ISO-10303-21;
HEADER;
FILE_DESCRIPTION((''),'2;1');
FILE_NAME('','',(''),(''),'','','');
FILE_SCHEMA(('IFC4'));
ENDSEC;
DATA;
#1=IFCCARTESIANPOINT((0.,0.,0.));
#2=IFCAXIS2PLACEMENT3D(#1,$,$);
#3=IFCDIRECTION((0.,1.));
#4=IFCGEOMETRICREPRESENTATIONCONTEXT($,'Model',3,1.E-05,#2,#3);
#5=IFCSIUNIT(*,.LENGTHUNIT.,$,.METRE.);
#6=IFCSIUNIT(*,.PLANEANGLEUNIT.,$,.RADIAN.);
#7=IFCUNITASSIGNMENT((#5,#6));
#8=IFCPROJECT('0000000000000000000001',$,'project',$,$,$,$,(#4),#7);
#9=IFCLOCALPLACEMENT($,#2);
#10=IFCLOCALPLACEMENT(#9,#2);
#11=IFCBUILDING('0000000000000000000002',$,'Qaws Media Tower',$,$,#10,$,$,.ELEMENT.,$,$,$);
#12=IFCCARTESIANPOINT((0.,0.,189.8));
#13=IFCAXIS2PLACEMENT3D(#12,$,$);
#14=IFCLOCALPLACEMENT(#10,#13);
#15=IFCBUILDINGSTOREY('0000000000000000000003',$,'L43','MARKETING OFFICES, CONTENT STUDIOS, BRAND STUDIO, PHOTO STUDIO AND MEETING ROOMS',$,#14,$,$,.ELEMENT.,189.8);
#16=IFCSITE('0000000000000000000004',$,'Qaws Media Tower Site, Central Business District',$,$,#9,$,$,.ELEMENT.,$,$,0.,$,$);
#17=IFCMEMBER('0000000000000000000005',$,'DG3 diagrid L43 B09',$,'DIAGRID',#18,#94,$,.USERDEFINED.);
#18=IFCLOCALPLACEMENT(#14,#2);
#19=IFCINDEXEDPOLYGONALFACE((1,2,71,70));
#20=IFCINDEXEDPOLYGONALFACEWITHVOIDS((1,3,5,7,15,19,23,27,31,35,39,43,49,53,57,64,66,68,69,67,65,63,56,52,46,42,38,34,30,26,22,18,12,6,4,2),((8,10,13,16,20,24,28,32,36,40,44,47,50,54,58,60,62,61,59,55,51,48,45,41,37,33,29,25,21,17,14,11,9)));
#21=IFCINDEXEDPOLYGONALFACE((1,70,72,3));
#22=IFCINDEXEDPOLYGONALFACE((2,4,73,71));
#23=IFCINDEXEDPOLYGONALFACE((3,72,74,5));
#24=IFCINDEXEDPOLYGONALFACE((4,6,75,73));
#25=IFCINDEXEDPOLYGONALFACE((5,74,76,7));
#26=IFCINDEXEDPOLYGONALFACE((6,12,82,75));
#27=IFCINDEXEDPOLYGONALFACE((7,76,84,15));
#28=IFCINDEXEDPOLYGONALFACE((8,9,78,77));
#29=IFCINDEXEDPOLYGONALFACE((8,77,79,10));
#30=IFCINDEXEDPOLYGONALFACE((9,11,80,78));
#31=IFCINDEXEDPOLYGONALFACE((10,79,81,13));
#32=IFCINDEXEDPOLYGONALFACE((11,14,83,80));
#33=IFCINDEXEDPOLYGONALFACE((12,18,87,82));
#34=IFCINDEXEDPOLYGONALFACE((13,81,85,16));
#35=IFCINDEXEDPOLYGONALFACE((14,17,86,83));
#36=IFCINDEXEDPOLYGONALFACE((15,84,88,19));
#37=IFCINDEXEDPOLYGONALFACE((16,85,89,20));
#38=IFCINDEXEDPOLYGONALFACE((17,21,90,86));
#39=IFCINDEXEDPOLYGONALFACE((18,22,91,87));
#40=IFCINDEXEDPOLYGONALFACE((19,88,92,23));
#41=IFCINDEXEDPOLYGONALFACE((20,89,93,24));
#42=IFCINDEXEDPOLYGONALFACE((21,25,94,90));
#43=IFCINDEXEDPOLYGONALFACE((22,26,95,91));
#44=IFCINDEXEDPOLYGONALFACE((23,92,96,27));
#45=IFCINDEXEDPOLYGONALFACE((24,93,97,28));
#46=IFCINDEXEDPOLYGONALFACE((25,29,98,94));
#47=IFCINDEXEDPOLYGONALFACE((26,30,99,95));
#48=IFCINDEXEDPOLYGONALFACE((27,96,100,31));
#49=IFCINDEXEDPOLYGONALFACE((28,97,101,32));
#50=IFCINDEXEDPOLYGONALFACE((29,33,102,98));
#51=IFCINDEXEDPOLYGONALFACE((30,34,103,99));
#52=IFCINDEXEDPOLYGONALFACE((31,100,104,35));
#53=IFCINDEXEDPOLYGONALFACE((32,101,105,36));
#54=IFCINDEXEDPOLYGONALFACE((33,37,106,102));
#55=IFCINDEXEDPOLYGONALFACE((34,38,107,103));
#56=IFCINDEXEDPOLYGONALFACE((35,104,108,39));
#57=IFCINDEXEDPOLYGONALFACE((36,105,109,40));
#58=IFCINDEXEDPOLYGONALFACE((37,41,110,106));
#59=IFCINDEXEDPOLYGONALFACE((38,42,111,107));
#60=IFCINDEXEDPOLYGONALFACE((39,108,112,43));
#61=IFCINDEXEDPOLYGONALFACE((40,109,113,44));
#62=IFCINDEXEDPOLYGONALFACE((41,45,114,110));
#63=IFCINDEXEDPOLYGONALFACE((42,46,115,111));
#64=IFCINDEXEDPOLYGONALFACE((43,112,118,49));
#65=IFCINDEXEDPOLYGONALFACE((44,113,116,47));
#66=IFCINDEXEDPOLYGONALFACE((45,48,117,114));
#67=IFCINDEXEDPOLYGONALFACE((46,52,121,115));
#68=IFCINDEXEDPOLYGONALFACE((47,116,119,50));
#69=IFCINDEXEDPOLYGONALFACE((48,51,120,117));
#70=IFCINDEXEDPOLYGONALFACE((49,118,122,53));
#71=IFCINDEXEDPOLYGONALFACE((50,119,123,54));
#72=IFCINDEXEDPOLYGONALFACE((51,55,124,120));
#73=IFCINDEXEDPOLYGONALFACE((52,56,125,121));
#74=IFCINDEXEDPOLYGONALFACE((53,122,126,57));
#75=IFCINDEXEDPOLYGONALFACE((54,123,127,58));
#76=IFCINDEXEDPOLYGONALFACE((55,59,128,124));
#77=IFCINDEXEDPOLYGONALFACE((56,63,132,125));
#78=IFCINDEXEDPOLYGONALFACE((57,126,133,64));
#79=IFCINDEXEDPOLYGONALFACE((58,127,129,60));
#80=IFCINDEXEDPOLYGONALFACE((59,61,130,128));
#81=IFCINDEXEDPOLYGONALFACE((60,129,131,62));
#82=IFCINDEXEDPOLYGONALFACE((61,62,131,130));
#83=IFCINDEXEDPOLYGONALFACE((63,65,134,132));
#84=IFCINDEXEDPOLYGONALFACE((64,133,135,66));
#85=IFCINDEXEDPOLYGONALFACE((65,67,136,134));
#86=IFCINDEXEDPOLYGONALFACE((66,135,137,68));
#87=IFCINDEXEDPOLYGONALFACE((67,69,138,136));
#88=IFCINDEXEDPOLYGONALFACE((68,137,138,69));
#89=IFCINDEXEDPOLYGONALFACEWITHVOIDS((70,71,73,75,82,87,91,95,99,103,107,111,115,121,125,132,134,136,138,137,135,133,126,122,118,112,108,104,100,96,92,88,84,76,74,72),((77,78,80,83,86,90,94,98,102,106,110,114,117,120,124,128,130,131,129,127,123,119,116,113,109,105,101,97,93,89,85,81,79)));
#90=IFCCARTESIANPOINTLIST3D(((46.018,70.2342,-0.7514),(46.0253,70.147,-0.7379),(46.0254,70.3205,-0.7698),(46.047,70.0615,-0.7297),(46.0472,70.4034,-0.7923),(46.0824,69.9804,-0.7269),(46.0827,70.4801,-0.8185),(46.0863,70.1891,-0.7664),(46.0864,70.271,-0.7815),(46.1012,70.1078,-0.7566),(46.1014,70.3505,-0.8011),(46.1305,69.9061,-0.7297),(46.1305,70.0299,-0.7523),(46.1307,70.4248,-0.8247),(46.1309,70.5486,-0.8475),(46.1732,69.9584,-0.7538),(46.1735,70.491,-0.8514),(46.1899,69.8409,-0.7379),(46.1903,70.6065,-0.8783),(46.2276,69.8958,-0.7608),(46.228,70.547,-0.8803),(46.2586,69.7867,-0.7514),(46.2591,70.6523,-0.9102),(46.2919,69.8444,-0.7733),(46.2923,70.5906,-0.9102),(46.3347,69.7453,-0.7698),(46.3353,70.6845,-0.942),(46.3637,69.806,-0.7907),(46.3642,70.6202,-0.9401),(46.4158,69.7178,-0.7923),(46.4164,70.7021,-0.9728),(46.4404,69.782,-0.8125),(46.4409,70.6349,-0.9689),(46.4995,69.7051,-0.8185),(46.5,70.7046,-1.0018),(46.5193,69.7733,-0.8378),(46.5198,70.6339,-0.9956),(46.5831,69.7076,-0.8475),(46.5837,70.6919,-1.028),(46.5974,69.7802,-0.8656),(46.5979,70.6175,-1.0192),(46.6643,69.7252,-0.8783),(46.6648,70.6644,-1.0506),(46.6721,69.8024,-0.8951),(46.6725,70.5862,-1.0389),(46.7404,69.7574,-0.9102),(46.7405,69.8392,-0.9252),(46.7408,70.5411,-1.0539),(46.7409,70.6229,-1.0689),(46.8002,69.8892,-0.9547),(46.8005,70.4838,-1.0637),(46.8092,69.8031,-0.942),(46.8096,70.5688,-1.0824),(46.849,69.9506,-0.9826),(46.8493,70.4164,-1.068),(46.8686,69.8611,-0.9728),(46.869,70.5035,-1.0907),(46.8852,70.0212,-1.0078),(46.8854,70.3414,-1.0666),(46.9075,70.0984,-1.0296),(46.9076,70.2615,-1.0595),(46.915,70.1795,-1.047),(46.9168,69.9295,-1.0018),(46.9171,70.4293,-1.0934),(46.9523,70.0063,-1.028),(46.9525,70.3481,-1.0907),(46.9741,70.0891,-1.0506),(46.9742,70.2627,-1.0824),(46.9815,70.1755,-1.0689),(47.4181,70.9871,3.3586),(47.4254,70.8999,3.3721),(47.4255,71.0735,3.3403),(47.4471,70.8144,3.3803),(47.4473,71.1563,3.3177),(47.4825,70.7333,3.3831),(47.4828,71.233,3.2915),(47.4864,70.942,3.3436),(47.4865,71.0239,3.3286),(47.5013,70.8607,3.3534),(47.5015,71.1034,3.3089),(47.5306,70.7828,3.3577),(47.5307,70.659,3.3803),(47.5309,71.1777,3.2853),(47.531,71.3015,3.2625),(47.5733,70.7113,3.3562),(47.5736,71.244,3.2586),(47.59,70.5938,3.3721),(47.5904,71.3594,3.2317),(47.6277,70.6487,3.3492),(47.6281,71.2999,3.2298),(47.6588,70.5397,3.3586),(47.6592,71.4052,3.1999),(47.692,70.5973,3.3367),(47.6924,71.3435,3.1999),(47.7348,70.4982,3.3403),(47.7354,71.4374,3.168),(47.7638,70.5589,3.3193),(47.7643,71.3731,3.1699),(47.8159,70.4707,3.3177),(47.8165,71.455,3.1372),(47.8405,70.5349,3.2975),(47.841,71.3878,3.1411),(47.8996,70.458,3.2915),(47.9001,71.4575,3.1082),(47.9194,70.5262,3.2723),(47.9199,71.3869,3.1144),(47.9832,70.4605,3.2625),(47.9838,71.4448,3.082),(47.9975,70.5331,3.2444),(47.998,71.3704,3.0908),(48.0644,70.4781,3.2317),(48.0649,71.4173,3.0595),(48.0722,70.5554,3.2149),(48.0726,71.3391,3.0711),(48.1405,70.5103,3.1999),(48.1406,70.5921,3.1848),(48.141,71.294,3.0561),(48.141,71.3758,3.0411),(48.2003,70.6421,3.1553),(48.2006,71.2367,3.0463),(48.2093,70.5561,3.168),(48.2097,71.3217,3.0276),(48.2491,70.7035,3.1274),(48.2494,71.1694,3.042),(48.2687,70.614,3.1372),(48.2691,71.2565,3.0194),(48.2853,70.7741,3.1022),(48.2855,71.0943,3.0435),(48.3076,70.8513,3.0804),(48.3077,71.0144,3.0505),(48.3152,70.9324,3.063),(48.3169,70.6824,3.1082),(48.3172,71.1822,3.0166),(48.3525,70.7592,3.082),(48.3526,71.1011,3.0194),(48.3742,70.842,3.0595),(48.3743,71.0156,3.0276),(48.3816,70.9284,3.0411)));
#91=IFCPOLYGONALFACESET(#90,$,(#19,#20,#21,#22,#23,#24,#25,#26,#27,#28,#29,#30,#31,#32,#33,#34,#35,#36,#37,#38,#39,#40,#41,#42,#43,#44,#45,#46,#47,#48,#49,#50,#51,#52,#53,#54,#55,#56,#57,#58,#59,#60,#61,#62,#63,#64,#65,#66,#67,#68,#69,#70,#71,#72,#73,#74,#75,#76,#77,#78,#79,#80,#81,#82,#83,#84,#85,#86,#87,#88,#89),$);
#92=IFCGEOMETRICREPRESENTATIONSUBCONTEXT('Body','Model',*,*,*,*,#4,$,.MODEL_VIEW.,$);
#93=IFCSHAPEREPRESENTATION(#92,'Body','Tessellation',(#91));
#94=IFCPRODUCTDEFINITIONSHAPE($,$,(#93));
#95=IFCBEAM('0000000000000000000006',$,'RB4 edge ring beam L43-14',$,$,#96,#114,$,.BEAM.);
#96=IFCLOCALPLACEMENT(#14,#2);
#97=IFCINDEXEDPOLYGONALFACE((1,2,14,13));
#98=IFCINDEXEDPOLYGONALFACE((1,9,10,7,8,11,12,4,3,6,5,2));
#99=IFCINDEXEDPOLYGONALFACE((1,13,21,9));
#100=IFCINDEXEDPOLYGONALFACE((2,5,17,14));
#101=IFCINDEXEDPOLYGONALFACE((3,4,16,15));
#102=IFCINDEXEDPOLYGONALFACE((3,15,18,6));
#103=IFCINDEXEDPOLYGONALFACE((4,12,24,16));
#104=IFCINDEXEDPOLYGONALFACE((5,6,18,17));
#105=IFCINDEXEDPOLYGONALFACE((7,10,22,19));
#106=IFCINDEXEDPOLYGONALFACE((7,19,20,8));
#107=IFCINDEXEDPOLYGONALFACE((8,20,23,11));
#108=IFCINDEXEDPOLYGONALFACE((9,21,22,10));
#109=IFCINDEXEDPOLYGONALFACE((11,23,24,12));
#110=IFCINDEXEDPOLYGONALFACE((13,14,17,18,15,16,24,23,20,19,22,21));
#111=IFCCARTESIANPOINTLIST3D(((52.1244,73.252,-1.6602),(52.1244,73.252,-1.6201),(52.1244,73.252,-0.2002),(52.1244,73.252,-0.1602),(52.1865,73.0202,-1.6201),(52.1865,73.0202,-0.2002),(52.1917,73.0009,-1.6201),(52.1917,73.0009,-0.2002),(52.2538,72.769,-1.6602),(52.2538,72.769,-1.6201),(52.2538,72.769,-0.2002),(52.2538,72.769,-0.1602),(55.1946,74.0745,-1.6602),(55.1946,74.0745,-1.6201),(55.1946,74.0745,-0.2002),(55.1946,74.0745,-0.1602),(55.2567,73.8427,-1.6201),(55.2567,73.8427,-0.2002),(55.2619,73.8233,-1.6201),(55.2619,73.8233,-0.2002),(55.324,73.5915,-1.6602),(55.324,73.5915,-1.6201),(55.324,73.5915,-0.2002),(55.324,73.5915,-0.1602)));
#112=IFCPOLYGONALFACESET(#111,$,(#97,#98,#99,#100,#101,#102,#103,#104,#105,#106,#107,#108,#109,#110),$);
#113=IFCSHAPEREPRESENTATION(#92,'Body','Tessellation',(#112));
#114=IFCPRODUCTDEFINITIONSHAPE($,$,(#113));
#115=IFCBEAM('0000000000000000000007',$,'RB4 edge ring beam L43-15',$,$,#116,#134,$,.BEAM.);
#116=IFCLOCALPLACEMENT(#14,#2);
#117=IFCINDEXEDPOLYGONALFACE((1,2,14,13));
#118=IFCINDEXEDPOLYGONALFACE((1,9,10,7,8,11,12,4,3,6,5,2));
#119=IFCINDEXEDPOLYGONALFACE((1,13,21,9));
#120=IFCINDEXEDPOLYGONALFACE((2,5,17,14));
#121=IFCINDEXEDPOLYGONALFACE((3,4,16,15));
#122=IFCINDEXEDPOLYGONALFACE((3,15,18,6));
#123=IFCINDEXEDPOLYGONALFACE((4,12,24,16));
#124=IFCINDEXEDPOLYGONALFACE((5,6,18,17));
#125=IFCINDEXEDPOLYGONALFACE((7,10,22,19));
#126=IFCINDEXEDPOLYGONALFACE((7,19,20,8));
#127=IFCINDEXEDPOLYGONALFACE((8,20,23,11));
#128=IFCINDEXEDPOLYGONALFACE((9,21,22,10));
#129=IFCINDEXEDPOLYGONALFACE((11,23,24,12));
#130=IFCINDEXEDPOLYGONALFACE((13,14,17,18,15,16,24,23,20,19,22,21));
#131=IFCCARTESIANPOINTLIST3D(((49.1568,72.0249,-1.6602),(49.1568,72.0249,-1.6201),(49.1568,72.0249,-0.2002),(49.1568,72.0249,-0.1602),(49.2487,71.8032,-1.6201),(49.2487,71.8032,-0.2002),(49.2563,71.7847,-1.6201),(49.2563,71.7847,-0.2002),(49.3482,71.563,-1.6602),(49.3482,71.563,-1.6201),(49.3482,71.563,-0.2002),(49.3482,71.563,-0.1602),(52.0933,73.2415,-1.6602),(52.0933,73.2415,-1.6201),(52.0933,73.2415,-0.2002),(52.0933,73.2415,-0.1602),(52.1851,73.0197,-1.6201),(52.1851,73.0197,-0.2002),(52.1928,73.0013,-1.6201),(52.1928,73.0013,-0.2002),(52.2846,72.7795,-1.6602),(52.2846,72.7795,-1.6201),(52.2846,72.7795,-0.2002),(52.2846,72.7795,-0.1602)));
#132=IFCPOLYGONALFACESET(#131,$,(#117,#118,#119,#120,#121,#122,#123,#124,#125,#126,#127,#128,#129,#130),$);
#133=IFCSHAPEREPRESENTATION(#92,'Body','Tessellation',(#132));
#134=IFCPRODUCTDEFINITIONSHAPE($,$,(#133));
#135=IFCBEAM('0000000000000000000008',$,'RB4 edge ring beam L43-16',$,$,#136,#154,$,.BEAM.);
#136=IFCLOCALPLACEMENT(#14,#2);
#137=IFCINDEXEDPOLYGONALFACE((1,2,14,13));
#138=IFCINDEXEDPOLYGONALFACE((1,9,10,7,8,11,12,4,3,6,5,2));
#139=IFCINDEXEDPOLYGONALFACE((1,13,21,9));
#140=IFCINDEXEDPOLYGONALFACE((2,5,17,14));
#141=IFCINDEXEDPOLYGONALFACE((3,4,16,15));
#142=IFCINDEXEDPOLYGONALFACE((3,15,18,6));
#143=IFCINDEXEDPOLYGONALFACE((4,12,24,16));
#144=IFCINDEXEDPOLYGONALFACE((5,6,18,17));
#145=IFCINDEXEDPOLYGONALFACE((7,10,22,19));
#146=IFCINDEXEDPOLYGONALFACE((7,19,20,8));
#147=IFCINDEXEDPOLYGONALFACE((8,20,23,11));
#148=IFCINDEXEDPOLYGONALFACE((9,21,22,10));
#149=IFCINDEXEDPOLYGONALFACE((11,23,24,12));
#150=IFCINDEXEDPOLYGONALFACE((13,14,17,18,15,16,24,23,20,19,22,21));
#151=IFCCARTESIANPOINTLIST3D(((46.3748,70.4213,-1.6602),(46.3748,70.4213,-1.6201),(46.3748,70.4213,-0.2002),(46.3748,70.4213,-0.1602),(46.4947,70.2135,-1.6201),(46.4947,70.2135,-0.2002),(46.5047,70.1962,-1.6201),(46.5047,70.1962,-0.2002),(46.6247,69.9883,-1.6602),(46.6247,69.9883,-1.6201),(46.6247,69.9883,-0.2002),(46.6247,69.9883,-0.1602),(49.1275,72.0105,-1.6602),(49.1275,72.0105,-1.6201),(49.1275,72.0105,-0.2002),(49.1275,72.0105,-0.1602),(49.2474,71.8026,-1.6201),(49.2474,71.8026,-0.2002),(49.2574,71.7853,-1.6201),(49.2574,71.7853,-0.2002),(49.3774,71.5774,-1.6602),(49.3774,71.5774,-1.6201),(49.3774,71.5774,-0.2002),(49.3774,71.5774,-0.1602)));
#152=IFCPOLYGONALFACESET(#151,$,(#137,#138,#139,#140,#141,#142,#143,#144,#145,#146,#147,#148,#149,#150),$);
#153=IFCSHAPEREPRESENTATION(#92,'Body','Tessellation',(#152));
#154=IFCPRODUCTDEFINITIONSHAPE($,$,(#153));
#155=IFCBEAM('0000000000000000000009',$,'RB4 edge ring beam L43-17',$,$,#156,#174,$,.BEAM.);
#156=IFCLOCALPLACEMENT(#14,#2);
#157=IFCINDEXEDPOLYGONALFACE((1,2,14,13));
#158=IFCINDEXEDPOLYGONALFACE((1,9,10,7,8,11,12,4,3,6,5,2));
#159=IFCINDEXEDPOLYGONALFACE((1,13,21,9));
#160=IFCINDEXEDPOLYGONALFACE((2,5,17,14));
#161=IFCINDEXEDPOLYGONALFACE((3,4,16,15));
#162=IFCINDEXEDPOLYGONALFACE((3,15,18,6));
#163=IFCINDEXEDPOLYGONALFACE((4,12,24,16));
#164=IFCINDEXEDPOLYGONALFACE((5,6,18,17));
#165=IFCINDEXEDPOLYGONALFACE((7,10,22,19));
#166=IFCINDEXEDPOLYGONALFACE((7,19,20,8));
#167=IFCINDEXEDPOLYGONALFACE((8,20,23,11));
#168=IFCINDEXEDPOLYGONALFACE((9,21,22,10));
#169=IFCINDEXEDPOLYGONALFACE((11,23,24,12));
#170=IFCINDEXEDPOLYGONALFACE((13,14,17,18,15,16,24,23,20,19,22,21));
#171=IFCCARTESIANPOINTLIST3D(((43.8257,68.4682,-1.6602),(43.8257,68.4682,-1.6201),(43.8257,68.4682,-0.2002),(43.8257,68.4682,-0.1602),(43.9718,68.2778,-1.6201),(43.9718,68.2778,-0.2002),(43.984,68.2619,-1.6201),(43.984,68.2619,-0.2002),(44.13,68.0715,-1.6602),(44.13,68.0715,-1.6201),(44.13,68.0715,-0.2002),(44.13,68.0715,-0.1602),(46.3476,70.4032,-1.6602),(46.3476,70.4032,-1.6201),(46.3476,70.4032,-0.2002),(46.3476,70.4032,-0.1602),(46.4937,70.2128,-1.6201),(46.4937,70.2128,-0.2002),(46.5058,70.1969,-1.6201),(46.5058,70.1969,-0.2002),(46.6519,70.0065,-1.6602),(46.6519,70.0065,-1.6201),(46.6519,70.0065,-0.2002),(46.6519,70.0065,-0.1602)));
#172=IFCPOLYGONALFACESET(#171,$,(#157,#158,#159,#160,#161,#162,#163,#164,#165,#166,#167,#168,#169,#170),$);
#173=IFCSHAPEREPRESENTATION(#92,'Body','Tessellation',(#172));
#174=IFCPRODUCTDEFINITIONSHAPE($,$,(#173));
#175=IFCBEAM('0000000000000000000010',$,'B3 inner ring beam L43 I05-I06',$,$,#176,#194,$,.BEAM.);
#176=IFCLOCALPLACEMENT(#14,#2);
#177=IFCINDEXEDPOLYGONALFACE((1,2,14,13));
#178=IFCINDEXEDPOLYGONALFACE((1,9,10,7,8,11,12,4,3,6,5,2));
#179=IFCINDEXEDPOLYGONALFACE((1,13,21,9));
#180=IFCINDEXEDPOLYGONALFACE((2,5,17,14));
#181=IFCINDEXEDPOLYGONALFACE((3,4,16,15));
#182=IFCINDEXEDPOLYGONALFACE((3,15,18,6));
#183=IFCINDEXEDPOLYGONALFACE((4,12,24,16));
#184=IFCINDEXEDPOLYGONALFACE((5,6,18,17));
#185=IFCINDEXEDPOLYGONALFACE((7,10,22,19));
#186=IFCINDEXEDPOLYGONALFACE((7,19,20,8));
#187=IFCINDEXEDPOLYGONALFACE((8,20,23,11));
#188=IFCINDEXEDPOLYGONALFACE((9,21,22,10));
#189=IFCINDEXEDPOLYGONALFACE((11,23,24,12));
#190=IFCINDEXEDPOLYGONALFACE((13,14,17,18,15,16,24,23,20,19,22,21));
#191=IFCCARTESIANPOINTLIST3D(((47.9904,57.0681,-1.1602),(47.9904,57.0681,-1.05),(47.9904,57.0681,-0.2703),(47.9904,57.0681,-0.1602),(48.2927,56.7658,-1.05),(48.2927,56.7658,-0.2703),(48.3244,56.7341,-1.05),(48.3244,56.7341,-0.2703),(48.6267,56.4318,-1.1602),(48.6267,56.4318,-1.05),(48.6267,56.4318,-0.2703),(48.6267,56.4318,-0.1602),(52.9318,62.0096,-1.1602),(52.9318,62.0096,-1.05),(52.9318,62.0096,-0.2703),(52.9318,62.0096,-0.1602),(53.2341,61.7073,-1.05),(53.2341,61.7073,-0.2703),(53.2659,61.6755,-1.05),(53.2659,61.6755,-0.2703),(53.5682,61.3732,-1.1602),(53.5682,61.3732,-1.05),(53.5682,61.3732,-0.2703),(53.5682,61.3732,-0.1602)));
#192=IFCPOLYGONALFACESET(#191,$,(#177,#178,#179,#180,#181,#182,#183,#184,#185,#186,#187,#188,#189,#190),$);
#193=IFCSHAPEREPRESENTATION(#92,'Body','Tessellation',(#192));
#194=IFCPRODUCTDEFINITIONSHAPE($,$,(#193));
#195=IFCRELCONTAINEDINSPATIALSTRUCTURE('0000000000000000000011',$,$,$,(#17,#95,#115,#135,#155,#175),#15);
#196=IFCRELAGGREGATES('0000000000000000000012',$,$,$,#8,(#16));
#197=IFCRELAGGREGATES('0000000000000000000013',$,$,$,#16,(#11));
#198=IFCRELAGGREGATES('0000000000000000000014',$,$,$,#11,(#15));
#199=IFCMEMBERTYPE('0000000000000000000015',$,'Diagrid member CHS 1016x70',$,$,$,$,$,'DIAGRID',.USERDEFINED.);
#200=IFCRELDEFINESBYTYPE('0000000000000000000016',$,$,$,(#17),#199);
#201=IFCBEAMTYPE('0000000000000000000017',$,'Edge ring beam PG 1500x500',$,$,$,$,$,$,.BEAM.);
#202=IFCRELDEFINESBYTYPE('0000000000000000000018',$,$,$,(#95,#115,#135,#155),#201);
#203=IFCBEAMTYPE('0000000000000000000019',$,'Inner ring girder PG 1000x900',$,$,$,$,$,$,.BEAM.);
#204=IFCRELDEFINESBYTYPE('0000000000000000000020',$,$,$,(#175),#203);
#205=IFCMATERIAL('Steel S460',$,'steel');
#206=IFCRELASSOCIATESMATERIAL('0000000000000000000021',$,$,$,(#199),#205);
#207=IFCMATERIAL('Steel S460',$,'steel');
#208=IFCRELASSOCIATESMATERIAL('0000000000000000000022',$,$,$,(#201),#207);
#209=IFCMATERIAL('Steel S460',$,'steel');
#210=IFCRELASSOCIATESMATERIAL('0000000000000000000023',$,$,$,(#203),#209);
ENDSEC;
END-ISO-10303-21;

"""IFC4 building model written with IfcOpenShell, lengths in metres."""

from ifc_helpers import new_model, si_unit, direction, frame, origin, origin_2d, place, context, subcontext, project, spatial, hollow_circle, i_section, extrude, material, material_profile, profile_set, type_object, element, save


model = new_model("IFC4")

# Units and contexts
model_context = context("Model", 3, precision=1e-05, world=origin(), true_north=direction((0.0, 1.0)))
body_context = subcontext(model_context, "Body", "Model", "MODEL_VIEW")
ifc_project = project(units=[si_unit("LENGTHUNIT", "METRE"), si_unit("PLANEANGLEUNIT", "RADIAN")], contexts=[model_context])

# Site, building, storey
site_placement = place(None, origin())
site = spatial("IfcSite", under=ifc_project, at=site_placement, Name="Qaws Media Tower Site, Central Business District", CompositionType="ELEMENT", RefElevation=0.0)
building_placement = place(site_placement, origin())
building = spatial("IfcBuilding", under=site, at=building_placement, Name="Qaws Media Tower", CompositionType="ELEMENT")
storey_placement = place(building_placement, frame((0.0, 0.0, 189.8)))
storey = spatial("IfcBuildingStorey", under=building, at=storey_placement, Name="L43", Description="MARKETING OFFICES, CONTENT STUDIOS, BRAND STUDIO, PHOTO STUDIO AND MEETING ROOMS", CompositionType="ELEMENT", Elevation=189.8)

# Member
ifc_material_1 = material(Name="Steel S460", Category="steel")
ifc_material_profile_1 = material_profile(ifc_material_1, hollow_circle(Radius=0.5081, WallThickness=0.0701, at=origin_2d()), Name="CHS 1016x70")
ifc_profile_set_1 = profile_set([ifc_material_profile_1], Name="Steel S460")
member_type_1 = type_object("IfcMemberType", Name="Diagrid member CHS 1016x70", ElementType="DIAGRID", PredefinedType="USERDEFINED", material=ifc_profile_set_1)
member_1_placement = place(storey_placement, frame((46.4998, 70.2048, -0.9102), z_axis=(0.317721, 0.170855, 0.932664), x_axis=(-0.473614, 0.880732, 0.0)))
element("IfcMember", 1, at=member_1_placement, inside=storey, type_object=member_type_1, Name="DG3 diagrid L43 B09", ObjectType="DIAGRID", PredefinedType="USERDEFINED", context=body_context, shape_type="SweptSolid", body=[
    extrude(hollow_circle(Radius=0.5081, WallThickness=0.0701, at=origin_2d()), origin(), (0.0, 0.0, 1.0), 4.4067),
])

# Beams
ifc_material_2 = material(Name="Steel S460", Category="steel")
ifc_material_profile_2 = material_profile(ifc_material_2, i_section(OverallWidth=0.5, OverallDepth=1.5, WebThickness=0.02, FlangeThickness=0.04, at=origin_2d()), Name="PG 1500x500")
ifc_profile_set_2 = profile_set([ifc_material_profile_2], Name="Steel S460")
beam_type_1 = type_object("IfcBeamType", Name="Edge ring beam PG 1500x500", PredefinedType="BEAM", material=ifc_profile_set_2)
for number, where, z_axis, x_axis, name in (
    (2, (55.2593, 73.833, -0.9102), (-0.96594, -0.258767, 0.0), (0.258767, -0.96594, 0.0), "RB4 edge ring beam L43-14"),
    (3, (52.189, 73.0105, -0.9102), (-0.923857, -0.382738, 0.0), (0.382738, -0.923857, 0.0), "RB4 edge ring beam L43-15"),
    (4, (49.2524, 71.7939, -0.9102), (-0.866046, -0.499964, 0.0), (0.499964, -0.866046, 0.0), "RB4 edge ring beam L43-16"),
):
    element("IfcBeam", number, at=place(storey_placement, frame(where, z_axis=z_axis, x_axis=x_axis)), inside=storey, type_object=beam_type_1, Name=name, PredefinedType="BEAM", context=body_context, shape_type="SweptSolid", body=[
        extrude(i_section(OverallWidth=0.5, OverallDepth=1.5, WebThickness=0.02, FlangeThickness=0.04, at=origin_2d()), origin(), (0.0, 0.0, 1.0), 3.1785),
    ])
beam_1_placement = place(storey_placement, frame((46.4998, 70.2048, -0.9102), z_axis=(-0.793371, -0.608738, 0.0), x_axis=(0.608738, -0.793371, 0.0)))
element("IfcBeam", 5, at=beam_1_placement, inside=storey, type_object=beam_type_1, Name="RB4 edge ring beam L43-17", PredefinedType="BEAM", context=body_context, shape_type="SweptSolid", body=[
    extrude(i_section(OverallWidth=0.5, OverallDepth=1.5, WebThickness=0.02, FlangeThickness=0.04, at=origin_2d()), origin(), (0.0, 0.0, 1.0), 3.1787),
])
ifc_material_3 = material(Name="Steel S460", Category="steel")
ifc_material_profile_3 = material_profile(ifc_material_3, i_section(OverallWidth=0.8999, OverallDepth=1.0, WebThickness=0.0449, FlangeThickness=0.1101, at=origin_2d()), Name="PG 1000x900")
ifc_profile_set_3 = profile_set([ifc_material_profile_3], Name="Steel S460")
beam_type_2 = type_object("IfcBeamType", Name="Inner ring girder PG 1000x900", PredefinedType="BEAM", material=ifc_profile_set_3)
beam_2_placement = place(storey_placement, frame((53.25, 61.6914, -0.6602), z_axis=(-0.707107, -0.707107, 0.0), x_axis=(0.707107, -0.707107, 0.0)))
element("IfcBeam", 6, at=beam_2_placement, inside=storey, type_object=beam_type_2, Name="B3 inner ring beam L43 I05-I06", PredefinedType="BEAM", context=body_context, shape_type="SweptSolid", body=[
    extrude(i_section(OverallWidth=0.8999, OverallDepth=1.0, WebThickness=0.0449, FlangeThickness=0.1101, at=origin_2d()), origin(), (0.0, 0.0, 1.0), 6.9883),
])

save(model, "model.ifc")
